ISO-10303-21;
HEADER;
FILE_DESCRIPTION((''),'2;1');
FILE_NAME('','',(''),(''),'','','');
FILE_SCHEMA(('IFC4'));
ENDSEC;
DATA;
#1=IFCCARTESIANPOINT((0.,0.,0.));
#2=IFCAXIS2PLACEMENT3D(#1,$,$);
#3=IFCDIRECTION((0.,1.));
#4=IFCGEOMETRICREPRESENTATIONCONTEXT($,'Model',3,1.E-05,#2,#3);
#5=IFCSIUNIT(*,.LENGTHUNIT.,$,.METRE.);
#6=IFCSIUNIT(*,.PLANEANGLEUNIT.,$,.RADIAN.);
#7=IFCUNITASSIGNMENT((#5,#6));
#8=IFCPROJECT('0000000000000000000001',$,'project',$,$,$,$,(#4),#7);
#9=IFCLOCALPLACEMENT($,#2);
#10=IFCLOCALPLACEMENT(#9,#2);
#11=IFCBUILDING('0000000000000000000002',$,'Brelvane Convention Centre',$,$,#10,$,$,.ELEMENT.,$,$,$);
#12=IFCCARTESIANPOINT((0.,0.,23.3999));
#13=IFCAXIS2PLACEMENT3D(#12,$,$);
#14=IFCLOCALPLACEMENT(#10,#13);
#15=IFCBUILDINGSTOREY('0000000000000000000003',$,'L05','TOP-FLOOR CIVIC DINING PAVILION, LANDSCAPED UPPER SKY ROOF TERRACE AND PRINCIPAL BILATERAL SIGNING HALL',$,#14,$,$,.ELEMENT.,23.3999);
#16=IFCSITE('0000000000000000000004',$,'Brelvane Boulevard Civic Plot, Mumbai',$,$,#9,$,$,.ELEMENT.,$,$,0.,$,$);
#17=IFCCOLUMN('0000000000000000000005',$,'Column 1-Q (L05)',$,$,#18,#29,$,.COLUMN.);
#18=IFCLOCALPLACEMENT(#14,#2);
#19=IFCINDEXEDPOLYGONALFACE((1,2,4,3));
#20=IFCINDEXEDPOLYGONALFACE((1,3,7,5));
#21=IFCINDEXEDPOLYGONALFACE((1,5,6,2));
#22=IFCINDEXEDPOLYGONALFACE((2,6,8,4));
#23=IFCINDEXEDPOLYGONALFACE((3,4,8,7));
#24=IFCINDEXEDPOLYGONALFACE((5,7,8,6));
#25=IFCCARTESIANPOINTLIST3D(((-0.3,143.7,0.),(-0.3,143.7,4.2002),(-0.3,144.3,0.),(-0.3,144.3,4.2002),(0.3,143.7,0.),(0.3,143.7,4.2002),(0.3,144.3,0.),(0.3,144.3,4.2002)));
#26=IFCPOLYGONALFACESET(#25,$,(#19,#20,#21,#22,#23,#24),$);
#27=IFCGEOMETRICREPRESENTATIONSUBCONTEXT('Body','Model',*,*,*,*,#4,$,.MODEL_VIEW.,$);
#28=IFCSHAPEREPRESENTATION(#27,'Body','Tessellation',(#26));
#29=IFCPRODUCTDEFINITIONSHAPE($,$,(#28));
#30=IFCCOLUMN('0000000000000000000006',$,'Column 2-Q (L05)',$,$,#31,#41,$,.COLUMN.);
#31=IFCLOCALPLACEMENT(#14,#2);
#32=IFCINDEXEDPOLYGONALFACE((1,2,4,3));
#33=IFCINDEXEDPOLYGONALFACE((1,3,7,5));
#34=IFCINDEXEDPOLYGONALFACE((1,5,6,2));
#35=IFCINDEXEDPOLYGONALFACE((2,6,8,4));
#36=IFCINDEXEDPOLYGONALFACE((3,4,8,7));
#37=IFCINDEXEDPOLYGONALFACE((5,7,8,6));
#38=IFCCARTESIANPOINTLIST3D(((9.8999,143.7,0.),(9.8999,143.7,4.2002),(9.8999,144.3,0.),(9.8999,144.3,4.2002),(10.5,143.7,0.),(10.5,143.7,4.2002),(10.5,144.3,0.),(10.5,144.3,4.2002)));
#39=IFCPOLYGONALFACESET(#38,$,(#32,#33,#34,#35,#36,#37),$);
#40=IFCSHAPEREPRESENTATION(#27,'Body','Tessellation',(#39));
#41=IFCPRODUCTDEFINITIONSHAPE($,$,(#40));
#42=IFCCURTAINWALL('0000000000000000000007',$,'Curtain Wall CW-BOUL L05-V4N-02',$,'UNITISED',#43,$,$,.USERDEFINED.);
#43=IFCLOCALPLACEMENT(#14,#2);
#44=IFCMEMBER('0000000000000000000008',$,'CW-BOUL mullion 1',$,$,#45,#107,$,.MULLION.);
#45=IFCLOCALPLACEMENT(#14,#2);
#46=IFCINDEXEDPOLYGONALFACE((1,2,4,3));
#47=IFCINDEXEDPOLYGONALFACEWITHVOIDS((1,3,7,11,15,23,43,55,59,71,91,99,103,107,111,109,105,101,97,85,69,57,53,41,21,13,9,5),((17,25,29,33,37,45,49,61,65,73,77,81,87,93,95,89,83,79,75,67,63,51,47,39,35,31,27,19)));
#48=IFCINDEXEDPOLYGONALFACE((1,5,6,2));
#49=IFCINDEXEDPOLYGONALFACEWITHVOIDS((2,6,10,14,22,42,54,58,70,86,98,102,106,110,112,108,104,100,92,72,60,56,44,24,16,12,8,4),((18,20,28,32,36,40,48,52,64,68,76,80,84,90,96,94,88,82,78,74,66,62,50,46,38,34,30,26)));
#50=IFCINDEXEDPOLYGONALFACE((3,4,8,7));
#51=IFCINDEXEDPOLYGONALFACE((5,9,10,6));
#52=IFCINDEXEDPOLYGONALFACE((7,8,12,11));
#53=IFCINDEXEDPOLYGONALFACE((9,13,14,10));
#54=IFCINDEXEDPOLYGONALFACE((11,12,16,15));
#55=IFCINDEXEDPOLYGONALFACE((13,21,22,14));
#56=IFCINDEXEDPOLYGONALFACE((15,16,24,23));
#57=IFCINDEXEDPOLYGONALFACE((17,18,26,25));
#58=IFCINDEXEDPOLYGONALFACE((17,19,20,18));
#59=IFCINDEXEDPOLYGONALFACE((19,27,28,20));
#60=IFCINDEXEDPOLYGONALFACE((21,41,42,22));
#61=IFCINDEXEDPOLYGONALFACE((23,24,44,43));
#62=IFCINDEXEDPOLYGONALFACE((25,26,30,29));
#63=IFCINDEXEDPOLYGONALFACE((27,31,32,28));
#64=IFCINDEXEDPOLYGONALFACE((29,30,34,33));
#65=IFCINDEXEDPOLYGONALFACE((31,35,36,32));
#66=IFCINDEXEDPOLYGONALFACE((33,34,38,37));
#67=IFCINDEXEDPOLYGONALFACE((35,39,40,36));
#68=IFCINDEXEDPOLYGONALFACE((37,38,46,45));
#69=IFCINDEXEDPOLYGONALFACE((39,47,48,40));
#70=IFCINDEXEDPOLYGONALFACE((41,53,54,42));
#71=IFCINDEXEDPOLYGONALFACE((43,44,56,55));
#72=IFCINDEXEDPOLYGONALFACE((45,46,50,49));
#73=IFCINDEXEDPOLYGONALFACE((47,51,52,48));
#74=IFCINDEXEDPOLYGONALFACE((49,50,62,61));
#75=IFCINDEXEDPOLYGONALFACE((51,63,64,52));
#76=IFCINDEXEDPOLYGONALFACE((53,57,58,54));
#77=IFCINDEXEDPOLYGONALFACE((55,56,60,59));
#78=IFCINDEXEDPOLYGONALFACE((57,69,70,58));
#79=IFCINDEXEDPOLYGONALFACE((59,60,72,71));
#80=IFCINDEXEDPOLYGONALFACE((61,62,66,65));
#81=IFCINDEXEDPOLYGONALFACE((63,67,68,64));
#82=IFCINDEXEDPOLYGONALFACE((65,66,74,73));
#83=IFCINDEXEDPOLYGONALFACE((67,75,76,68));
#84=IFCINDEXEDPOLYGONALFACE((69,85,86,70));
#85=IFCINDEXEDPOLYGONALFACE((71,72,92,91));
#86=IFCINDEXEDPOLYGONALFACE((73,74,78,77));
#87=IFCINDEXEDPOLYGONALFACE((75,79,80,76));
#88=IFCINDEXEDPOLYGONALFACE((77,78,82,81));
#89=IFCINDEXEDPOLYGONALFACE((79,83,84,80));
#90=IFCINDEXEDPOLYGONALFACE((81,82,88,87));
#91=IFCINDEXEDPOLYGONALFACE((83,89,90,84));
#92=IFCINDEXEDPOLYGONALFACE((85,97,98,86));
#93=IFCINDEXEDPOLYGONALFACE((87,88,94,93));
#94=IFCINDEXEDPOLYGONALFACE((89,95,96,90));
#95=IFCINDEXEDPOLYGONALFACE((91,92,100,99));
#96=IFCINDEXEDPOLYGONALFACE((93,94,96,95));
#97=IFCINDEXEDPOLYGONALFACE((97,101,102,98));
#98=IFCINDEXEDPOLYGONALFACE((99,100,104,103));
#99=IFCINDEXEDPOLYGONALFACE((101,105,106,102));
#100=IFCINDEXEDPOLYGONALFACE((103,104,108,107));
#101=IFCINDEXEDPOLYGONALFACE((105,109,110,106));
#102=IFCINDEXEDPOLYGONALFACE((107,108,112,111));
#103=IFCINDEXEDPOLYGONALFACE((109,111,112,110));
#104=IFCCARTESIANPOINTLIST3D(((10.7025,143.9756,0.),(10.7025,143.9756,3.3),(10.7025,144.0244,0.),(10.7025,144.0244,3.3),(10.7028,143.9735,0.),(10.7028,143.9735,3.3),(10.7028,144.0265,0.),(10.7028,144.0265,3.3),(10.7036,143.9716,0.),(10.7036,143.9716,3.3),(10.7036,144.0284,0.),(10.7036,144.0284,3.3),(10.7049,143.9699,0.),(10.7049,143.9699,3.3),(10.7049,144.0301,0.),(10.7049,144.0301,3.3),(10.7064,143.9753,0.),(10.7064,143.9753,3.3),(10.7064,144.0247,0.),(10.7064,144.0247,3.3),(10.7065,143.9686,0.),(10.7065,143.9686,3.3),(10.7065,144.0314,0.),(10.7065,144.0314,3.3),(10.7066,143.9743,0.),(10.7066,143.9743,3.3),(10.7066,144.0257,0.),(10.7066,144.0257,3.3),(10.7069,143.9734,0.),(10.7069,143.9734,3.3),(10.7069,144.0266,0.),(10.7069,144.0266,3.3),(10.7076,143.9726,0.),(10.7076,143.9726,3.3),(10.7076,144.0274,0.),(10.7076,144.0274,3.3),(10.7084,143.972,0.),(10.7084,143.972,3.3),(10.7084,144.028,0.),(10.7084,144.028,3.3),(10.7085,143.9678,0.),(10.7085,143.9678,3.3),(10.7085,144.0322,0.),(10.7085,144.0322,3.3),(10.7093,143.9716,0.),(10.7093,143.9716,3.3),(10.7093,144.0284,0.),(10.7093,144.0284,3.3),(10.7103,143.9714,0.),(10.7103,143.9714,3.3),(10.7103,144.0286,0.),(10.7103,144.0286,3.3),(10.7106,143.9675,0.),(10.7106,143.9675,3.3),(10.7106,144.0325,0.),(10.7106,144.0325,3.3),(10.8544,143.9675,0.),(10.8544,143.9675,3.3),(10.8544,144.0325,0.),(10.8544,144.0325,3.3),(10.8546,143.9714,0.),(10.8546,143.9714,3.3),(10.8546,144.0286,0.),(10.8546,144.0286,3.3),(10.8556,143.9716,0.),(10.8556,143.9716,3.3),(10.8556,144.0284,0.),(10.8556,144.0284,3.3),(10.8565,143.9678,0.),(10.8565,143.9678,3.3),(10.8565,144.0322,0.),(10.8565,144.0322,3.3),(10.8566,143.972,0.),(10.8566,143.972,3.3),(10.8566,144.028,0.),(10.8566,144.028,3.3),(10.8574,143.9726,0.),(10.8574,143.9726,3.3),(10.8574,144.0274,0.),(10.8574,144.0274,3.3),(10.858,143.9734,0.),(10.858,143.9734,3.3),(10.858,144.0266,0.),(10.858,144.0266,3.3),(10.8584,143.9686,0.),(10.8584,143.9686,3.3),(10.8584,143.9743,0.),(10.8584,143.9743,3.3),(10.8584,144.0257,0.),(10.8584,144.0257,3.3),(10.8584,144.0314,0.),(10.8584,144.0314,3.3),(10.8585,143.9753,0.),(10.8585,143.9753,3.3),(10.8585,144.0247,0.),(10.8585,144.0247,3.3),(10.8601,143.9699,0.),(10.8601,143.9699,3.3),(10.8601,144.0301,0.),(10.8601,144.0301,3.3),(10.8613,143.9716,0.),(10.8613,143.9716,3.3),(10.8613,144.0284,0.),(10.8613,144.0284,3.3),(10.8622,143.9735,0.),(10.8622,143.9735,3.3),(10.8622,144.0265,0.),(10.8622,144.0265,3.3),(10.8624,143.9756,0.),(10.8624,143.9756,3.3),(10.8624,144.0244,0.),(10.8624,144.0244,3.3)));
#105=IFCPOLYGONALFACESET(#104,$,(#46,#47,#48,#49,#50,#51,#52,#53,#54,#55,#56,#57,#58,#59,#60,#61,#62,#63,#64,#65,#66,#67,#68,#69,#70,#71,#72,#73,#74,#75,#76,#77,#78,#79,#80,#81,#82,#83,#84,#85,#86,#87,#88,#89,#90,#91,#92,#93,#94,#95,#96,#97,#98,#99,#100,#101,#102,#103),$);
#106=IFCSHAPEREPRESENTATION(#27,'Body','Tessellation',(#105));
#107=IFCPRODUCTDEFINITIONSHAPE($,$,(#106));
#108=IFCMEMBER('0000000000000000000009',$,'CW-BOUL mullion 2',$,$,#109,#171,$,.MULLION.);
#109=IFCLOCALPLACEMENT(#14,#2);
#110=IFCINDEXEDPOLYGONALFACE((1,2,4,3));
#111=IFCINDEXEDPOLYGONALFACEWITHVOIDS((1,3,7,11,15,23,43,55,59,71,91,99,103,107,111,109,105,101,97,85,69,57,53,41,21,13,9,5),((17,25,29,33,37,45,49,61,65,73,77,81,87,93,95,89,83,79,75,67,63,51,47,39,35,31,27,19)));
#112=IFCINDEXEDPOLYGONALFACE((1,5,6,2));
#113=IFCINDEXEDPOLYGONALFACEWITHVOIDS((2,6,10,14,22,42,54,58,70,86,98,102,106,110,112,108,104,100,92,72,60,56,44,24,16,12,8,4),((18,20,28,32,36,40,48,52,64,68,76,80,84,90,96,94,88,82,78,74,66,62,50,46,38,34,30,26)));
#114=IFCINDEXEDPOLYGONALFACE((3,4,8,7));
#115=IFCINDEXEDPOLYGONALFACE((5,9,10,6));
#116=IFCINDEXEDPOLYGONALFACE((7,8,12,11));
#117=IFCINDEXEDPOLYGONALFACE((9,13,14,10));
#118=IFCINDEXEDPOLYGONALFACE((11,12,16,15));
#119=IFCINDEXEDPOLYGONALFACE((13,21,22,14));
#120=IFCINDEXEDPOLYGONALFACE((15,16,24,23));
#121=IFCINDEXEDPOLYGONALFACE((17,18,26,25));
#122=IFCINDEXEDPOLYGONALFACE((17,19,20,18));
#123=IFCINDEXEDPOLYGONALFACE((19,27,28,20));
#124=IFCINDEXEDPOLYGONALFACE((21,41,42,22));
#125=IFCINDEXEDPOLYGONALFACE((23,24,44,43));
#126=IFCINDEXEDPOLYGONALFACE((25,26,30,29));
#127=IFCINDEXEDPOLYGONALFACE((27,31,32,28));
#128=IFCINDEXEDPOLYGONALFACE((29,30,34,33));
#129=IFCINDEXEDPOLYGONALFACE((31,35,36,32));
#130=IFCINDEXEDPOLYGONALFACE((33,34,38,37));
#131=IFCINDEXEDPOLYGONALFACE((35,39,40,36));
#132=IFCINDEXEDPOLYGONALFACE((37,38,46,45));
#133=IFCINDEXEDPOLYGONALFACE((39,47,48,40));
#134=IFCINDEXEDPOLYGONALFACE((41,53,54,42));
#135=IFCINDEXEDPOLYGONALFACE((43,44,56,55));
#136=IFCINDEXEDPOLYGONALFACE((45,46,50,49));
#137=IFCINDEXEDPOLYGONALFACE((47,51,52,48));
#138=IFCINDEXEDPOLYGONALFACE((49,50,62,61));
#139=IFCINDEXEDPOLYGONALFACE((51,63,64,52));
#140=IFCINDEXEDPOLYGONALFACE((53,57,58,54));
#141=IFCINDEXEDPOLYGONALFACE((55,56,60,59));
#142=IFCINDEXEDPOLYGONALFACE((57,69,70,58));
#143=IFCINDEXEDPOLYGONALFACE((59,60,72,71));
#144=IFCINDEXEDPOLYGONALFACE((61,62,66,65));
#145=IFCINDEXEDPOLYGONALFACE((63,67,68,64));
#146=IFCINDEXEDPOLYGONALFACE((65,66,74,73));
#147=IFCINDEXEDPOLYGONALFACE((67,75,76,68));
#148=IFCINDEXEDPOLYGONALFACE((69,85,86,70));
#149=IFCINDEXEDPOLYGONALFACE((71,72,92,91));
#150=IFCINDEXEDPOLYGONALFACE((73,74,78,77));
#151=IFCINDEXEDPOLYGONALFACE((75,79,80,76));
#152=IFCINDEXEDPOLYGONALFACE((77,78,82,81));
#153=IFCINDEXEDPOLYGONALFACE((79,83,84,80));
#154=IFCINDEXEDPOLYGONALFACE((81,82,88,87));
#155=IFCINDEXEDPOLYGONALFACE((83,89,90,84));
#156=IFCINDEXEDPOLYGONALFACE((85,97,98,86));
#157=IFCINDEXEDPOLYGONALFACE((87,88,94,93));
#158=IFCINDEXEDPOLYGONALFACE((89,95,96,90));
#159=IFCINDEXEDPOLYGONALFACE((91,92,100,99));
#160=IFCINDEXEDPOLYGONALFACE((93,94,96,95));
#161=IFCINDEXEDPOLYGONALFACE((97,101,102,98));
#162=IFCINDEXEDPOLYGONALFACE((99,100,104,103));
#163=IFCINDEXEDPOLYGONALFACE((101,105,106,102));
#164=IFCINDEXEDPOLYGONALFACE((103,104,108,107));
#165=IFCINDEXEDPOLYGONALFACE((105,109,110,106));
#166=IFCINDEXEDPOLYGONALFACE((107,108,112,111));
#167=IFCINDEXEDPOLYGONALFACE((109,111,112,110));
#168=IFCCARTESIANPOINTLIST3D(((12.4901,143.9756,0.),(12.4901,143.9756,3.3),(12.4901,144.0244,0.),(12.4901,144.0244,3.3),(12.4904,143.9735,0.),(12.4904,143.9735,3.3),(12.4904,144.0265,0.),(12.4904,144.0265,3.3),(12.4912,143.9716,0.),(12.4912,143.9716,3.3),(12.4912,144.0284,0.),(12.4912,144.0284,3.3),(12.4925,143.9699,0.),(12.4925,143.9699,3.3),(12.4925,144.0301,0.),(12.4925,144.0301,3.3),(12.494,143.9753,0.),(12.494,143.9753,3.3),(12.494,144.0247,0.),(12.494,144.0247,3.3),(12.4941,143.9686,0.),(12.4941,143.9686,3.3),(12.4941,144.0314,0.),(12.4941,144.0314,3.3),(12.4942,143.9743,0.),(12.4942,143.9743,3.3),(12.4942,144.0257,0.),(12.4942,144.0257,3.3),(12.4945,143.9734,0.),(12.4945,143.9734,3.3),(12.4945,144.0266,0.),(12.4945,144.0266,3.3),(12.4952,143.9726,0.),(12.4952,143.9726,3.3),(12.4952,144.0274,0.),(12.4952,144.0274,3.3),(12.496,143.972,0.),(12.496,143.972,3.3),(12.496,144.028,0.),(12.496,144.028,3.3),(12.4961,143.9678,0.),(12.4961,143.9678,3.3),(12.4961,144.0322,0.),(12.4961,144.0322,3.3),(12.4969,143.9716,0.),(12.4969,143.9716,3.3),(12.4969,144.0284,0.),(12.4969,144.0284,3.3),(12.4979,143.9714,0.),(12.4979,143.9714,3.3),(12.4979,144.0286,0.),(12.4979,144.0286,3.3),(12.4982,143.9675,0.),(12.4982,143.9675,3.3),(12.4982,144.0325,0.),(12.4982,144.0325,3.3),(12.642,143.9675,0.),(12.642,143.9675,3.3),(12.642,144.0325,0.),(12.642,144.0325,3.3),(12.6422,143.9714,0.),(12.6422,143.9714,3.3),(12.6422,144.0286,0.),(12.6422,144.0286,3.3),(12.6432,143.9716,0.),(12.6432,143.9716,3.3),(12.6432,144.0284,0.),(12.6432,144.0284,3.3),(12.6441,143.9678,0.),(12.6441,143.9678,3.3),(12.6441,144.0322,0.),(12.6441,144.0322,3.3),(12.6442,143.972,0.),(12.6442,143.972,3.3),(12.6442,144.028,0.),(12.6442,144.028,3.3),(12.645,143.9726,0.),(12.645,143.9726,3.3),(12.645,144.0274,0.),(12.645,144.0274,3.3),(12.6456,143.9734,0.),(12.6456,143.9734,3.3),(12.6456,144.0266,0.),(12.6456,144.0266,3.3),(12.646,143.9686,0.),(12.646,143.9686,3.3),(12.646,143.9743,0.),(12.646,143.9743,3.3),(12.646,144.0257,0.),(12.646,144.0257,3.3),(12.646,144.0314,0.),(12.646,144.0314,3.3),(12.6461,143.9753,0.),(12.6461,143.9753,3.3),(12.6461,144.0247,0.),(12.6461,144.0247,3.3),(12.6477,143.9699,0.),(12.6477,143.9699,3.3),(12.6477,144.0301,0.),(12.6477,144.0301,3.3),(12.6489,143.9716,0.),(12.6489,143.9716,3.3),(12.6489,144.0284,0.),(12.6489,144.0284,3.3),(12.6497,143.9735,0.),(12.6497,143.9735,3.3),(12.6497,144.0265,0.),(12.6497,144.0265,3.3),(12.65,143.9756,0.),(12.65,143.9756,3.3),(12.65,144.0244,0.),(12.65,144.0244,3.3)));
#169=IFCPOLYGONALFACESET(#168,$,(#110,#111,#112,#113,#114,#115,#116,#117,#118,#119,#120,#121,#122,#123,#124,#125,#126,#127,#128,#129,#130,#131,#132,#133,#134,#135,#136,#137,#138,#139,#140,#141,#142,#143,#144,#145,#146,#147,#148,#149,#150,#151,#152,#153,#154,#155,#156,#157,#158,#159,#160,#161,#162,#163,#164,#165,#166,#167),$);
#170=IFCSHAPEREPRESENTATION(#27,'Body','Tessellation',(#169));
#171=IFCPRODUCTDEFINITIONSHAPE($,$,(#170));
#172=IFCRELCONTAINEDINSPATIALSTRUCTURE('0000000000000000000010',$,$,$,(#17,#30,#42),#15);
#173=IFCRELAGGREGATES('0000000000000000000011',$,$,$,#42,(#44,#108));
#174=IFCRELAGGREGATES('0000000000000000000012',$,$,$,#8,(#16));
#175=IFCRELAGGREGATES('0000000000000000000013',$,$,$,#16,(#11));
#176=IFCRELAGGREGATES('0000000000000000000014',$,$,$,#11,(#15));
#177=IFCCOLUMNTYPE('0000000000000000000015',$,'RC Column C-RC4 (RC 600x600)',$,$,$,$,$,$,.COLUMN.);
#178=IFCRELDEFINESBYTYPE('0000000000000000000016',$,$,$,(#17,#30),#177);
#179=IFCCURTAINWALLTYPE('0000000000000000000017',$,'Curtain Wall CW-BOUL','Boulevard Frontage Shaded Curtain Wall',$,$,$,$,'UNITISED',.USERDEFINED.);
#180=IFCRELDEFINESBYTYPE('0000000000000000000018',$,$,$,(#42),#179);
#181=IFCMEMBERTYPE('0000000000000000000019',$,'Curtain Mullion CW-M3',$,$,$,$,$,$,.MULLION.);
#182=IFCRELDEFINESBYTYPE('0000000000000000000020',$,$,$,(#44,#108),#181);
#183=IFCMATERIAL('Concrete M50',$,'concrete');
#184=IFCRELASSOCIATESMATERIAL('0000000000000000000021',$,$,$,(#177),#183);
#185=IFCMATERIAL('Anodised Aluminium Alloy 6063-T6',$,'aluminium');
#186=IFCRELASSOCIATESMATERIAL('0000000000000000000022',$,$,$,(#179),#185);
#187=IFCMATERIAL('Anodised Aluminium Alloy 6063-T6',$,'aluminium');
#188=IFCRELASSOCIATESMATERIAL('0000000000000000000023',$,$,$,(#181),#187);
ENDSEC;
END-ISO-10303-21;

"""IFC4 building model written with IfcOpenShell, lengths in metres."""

from ifc_helpers import new_model, si_unit, direction, frame, origin, origin_2d, place, context, subcontext, project, spatial, rectangle, hollow_rectangle, extrude, material, material_profile, profile_set, type_object, element, aggregate, save


model = new_model("IFC4")

# Units and contexts
model_context = context("Model", 3, precision=1e-05, world=origin(), true_north=direction((0.0, 1.0)))
body_context = subcontext(model_context, "Body", "Model", "MODEL_VIEW")
ifc_project = project(units=[si_unit("LENGTHUNIT", "METRE"), si_unit("PLANEANGLEUNIT", "RADIAN")], contexts=[model_context])

# Site, building, storey
site_placement = place(None, origin())
site = spatial("IfcSite", under=ifc_project, at=site_placement, Name="Brelvane Boulevard Civic Plot, Mumbai", CompositionType="ELEMENT", RefElevation=0.0)
building_placement = place(site_placement, origin())
building = spatial("IfcBuilding", under=site, at=building_placement, Name="Brelvane Convention Centre", CompositionType="ELEMENT")
storey_placement = place(building_placement, frame((0.0, 0.0, 23.3999)))
storey = spatial("IfcBuildingStorey", under=building, at=storey_placement, Name="L05", Description="TOP-FLOOR CIVIC DINING PAVILION, LANDSCAPED UPPER SKY ROOF TERRACE AND PRINCIPAL BILATERAL SIGNING HALL", CompositionType="ELEMENT", Elevation=23.3999)

# Columns
ifc_material_1 = material(Name="Concrete M50", Category="concrete")
ifc_material_profile_1 = material_profile(ifc_material_1, rectangle(XDim=0.6001, YDim=0.6001, at=origin_2d()), Name="RC 600x600")
ifc_profile_set_1 = profile_set([ifc_material_profile_1], Name="Concrete M50")
column_type = type_object("IfcColumnType", Name="RC Column C-RC4 (RC 600x600)", PredefinedType="COLUMN", material=ifc_profile_set_1)
for number, where, z_axis, x_axis, name in (
    (1, (0.0, 144.0, 0.0), (0.0, 0.0, 1.0), (1.0, 0.0, 0.0), "Column 1-Q (L05)"),
    (2, (10.2, 144.0, 0.0), (0.0, 0.0, 1.0), (1.0, 0.0, 0.0), "Column 2-Q (L05)"),
):
    element("IfcColumn", number, at=place(storey_placement, frame(where, z_axis=z_axis, x_axis=x_axis)), inside=storey, type_object=column_type, Name=name, PredefinedType="COLUMN", context=body_context, shape_type="SweptSolid", body=[
        extrude(rectangle(XDim=0.6001, YDim=0.6001, at=origin_2d()), origin(), (0.0, 0.0, 1.0), 4.2002),
    ])

# Curtain wall, members
ifc_material_2 = material(Name="Anodised Aluminium Alloy 6063-T6", Category="aluminium")
curtain_wall_type = type_object("IfcCurtainWallType", Name="Curtain Wall CW-BOUL", Description="Boulevard Frontage Shaded Curtain Wall", ElementType="UNITISED", PredefinedType="USERDEFINED", material=ifc_material_2)
curtain_wall_placement = place(storey_placement, origin())
curtain_wall = element("IfcCurtainWall", 3, at=curtain_wall_placement, inside=storey, type_object=curtain_wall_type, Name="Curtain Wall CW-BOUL L05-V4N-02", ObjectType="UNITISED", PredefinedType="USERDEFINED")
ifc_material_3 = material(Name="Anodised Aluminium Alloy 6063-T6", Category="aluminium")
ifc_material_profile_2 = material_profile(ifc_material_3, hollow_rectangle(XDim=0.0649, YDim=0.1599, WallThickness=0.0039, InnerFilletRadius=0.0039, OuterFilletRadius=0.0081, at=origin_2d()), Name="ALU-M 160x65x4.0")
ifc_profile_set_2 = profile_set([ifc_material_profile_2], Name="Anodised Aluminium Alloy 6063-T6")
member_type_1 = type_object("IfcMemberType", Name="Curtain Mullion CW-M3", PredefinedType="MULLION", material=ifc_profile_set_2)
member_1_placement = place(storey_placement, frame((10.7825, 144.0, 0.0), z_axis=(0.0, 0.0, 1.0), x_axis=(0.0, 1.0, 0.0)))
member_1 = element("IfcMember", 4, at=member_1_placement, type_object=member_type_1, Name="CW-BOUL mullion 1", PredefinedType="MULLION", context=body_context, shape_type="SweptSolid", body=[
    extrude(hollow_rectangle(XDim=0.0649, YDim=0.1599, WallThickness=0.0039, InnerFilletRadius=0.0039, OuterFilletRadius=0.0081, at=origin_2d()), origin(), (0.0, 0.0, 1.0), 3.3),
])
member_2_placement = place(storey_placement, frame((12.5701, 144.0, 0.0), z_axis=(0.0, 0.0, 1.0), x_axis=(0.0, 1.0, 0.0)))
member_2 = element("IfcMember", 5, at=member_2_placement, type_object=member_type_1, Name="CW-BOUL mullion 2", PredefinedType="MULLION", context=body_context, shape_type="SweptSolid", body=[
    extrude(hollow_rectangle(XDim=0.0649, YDim=0.1599, WallThickness=0.0039, InnerFilletRadius=0.0039, OuterFilletRadius=0.0081, at=origin_2d()), origin(), (0.0, 0.0, 1.0), 3.3),
])

aggregate(curtain_wall, [member_1, member_2])

save(model, "model.ifc")
